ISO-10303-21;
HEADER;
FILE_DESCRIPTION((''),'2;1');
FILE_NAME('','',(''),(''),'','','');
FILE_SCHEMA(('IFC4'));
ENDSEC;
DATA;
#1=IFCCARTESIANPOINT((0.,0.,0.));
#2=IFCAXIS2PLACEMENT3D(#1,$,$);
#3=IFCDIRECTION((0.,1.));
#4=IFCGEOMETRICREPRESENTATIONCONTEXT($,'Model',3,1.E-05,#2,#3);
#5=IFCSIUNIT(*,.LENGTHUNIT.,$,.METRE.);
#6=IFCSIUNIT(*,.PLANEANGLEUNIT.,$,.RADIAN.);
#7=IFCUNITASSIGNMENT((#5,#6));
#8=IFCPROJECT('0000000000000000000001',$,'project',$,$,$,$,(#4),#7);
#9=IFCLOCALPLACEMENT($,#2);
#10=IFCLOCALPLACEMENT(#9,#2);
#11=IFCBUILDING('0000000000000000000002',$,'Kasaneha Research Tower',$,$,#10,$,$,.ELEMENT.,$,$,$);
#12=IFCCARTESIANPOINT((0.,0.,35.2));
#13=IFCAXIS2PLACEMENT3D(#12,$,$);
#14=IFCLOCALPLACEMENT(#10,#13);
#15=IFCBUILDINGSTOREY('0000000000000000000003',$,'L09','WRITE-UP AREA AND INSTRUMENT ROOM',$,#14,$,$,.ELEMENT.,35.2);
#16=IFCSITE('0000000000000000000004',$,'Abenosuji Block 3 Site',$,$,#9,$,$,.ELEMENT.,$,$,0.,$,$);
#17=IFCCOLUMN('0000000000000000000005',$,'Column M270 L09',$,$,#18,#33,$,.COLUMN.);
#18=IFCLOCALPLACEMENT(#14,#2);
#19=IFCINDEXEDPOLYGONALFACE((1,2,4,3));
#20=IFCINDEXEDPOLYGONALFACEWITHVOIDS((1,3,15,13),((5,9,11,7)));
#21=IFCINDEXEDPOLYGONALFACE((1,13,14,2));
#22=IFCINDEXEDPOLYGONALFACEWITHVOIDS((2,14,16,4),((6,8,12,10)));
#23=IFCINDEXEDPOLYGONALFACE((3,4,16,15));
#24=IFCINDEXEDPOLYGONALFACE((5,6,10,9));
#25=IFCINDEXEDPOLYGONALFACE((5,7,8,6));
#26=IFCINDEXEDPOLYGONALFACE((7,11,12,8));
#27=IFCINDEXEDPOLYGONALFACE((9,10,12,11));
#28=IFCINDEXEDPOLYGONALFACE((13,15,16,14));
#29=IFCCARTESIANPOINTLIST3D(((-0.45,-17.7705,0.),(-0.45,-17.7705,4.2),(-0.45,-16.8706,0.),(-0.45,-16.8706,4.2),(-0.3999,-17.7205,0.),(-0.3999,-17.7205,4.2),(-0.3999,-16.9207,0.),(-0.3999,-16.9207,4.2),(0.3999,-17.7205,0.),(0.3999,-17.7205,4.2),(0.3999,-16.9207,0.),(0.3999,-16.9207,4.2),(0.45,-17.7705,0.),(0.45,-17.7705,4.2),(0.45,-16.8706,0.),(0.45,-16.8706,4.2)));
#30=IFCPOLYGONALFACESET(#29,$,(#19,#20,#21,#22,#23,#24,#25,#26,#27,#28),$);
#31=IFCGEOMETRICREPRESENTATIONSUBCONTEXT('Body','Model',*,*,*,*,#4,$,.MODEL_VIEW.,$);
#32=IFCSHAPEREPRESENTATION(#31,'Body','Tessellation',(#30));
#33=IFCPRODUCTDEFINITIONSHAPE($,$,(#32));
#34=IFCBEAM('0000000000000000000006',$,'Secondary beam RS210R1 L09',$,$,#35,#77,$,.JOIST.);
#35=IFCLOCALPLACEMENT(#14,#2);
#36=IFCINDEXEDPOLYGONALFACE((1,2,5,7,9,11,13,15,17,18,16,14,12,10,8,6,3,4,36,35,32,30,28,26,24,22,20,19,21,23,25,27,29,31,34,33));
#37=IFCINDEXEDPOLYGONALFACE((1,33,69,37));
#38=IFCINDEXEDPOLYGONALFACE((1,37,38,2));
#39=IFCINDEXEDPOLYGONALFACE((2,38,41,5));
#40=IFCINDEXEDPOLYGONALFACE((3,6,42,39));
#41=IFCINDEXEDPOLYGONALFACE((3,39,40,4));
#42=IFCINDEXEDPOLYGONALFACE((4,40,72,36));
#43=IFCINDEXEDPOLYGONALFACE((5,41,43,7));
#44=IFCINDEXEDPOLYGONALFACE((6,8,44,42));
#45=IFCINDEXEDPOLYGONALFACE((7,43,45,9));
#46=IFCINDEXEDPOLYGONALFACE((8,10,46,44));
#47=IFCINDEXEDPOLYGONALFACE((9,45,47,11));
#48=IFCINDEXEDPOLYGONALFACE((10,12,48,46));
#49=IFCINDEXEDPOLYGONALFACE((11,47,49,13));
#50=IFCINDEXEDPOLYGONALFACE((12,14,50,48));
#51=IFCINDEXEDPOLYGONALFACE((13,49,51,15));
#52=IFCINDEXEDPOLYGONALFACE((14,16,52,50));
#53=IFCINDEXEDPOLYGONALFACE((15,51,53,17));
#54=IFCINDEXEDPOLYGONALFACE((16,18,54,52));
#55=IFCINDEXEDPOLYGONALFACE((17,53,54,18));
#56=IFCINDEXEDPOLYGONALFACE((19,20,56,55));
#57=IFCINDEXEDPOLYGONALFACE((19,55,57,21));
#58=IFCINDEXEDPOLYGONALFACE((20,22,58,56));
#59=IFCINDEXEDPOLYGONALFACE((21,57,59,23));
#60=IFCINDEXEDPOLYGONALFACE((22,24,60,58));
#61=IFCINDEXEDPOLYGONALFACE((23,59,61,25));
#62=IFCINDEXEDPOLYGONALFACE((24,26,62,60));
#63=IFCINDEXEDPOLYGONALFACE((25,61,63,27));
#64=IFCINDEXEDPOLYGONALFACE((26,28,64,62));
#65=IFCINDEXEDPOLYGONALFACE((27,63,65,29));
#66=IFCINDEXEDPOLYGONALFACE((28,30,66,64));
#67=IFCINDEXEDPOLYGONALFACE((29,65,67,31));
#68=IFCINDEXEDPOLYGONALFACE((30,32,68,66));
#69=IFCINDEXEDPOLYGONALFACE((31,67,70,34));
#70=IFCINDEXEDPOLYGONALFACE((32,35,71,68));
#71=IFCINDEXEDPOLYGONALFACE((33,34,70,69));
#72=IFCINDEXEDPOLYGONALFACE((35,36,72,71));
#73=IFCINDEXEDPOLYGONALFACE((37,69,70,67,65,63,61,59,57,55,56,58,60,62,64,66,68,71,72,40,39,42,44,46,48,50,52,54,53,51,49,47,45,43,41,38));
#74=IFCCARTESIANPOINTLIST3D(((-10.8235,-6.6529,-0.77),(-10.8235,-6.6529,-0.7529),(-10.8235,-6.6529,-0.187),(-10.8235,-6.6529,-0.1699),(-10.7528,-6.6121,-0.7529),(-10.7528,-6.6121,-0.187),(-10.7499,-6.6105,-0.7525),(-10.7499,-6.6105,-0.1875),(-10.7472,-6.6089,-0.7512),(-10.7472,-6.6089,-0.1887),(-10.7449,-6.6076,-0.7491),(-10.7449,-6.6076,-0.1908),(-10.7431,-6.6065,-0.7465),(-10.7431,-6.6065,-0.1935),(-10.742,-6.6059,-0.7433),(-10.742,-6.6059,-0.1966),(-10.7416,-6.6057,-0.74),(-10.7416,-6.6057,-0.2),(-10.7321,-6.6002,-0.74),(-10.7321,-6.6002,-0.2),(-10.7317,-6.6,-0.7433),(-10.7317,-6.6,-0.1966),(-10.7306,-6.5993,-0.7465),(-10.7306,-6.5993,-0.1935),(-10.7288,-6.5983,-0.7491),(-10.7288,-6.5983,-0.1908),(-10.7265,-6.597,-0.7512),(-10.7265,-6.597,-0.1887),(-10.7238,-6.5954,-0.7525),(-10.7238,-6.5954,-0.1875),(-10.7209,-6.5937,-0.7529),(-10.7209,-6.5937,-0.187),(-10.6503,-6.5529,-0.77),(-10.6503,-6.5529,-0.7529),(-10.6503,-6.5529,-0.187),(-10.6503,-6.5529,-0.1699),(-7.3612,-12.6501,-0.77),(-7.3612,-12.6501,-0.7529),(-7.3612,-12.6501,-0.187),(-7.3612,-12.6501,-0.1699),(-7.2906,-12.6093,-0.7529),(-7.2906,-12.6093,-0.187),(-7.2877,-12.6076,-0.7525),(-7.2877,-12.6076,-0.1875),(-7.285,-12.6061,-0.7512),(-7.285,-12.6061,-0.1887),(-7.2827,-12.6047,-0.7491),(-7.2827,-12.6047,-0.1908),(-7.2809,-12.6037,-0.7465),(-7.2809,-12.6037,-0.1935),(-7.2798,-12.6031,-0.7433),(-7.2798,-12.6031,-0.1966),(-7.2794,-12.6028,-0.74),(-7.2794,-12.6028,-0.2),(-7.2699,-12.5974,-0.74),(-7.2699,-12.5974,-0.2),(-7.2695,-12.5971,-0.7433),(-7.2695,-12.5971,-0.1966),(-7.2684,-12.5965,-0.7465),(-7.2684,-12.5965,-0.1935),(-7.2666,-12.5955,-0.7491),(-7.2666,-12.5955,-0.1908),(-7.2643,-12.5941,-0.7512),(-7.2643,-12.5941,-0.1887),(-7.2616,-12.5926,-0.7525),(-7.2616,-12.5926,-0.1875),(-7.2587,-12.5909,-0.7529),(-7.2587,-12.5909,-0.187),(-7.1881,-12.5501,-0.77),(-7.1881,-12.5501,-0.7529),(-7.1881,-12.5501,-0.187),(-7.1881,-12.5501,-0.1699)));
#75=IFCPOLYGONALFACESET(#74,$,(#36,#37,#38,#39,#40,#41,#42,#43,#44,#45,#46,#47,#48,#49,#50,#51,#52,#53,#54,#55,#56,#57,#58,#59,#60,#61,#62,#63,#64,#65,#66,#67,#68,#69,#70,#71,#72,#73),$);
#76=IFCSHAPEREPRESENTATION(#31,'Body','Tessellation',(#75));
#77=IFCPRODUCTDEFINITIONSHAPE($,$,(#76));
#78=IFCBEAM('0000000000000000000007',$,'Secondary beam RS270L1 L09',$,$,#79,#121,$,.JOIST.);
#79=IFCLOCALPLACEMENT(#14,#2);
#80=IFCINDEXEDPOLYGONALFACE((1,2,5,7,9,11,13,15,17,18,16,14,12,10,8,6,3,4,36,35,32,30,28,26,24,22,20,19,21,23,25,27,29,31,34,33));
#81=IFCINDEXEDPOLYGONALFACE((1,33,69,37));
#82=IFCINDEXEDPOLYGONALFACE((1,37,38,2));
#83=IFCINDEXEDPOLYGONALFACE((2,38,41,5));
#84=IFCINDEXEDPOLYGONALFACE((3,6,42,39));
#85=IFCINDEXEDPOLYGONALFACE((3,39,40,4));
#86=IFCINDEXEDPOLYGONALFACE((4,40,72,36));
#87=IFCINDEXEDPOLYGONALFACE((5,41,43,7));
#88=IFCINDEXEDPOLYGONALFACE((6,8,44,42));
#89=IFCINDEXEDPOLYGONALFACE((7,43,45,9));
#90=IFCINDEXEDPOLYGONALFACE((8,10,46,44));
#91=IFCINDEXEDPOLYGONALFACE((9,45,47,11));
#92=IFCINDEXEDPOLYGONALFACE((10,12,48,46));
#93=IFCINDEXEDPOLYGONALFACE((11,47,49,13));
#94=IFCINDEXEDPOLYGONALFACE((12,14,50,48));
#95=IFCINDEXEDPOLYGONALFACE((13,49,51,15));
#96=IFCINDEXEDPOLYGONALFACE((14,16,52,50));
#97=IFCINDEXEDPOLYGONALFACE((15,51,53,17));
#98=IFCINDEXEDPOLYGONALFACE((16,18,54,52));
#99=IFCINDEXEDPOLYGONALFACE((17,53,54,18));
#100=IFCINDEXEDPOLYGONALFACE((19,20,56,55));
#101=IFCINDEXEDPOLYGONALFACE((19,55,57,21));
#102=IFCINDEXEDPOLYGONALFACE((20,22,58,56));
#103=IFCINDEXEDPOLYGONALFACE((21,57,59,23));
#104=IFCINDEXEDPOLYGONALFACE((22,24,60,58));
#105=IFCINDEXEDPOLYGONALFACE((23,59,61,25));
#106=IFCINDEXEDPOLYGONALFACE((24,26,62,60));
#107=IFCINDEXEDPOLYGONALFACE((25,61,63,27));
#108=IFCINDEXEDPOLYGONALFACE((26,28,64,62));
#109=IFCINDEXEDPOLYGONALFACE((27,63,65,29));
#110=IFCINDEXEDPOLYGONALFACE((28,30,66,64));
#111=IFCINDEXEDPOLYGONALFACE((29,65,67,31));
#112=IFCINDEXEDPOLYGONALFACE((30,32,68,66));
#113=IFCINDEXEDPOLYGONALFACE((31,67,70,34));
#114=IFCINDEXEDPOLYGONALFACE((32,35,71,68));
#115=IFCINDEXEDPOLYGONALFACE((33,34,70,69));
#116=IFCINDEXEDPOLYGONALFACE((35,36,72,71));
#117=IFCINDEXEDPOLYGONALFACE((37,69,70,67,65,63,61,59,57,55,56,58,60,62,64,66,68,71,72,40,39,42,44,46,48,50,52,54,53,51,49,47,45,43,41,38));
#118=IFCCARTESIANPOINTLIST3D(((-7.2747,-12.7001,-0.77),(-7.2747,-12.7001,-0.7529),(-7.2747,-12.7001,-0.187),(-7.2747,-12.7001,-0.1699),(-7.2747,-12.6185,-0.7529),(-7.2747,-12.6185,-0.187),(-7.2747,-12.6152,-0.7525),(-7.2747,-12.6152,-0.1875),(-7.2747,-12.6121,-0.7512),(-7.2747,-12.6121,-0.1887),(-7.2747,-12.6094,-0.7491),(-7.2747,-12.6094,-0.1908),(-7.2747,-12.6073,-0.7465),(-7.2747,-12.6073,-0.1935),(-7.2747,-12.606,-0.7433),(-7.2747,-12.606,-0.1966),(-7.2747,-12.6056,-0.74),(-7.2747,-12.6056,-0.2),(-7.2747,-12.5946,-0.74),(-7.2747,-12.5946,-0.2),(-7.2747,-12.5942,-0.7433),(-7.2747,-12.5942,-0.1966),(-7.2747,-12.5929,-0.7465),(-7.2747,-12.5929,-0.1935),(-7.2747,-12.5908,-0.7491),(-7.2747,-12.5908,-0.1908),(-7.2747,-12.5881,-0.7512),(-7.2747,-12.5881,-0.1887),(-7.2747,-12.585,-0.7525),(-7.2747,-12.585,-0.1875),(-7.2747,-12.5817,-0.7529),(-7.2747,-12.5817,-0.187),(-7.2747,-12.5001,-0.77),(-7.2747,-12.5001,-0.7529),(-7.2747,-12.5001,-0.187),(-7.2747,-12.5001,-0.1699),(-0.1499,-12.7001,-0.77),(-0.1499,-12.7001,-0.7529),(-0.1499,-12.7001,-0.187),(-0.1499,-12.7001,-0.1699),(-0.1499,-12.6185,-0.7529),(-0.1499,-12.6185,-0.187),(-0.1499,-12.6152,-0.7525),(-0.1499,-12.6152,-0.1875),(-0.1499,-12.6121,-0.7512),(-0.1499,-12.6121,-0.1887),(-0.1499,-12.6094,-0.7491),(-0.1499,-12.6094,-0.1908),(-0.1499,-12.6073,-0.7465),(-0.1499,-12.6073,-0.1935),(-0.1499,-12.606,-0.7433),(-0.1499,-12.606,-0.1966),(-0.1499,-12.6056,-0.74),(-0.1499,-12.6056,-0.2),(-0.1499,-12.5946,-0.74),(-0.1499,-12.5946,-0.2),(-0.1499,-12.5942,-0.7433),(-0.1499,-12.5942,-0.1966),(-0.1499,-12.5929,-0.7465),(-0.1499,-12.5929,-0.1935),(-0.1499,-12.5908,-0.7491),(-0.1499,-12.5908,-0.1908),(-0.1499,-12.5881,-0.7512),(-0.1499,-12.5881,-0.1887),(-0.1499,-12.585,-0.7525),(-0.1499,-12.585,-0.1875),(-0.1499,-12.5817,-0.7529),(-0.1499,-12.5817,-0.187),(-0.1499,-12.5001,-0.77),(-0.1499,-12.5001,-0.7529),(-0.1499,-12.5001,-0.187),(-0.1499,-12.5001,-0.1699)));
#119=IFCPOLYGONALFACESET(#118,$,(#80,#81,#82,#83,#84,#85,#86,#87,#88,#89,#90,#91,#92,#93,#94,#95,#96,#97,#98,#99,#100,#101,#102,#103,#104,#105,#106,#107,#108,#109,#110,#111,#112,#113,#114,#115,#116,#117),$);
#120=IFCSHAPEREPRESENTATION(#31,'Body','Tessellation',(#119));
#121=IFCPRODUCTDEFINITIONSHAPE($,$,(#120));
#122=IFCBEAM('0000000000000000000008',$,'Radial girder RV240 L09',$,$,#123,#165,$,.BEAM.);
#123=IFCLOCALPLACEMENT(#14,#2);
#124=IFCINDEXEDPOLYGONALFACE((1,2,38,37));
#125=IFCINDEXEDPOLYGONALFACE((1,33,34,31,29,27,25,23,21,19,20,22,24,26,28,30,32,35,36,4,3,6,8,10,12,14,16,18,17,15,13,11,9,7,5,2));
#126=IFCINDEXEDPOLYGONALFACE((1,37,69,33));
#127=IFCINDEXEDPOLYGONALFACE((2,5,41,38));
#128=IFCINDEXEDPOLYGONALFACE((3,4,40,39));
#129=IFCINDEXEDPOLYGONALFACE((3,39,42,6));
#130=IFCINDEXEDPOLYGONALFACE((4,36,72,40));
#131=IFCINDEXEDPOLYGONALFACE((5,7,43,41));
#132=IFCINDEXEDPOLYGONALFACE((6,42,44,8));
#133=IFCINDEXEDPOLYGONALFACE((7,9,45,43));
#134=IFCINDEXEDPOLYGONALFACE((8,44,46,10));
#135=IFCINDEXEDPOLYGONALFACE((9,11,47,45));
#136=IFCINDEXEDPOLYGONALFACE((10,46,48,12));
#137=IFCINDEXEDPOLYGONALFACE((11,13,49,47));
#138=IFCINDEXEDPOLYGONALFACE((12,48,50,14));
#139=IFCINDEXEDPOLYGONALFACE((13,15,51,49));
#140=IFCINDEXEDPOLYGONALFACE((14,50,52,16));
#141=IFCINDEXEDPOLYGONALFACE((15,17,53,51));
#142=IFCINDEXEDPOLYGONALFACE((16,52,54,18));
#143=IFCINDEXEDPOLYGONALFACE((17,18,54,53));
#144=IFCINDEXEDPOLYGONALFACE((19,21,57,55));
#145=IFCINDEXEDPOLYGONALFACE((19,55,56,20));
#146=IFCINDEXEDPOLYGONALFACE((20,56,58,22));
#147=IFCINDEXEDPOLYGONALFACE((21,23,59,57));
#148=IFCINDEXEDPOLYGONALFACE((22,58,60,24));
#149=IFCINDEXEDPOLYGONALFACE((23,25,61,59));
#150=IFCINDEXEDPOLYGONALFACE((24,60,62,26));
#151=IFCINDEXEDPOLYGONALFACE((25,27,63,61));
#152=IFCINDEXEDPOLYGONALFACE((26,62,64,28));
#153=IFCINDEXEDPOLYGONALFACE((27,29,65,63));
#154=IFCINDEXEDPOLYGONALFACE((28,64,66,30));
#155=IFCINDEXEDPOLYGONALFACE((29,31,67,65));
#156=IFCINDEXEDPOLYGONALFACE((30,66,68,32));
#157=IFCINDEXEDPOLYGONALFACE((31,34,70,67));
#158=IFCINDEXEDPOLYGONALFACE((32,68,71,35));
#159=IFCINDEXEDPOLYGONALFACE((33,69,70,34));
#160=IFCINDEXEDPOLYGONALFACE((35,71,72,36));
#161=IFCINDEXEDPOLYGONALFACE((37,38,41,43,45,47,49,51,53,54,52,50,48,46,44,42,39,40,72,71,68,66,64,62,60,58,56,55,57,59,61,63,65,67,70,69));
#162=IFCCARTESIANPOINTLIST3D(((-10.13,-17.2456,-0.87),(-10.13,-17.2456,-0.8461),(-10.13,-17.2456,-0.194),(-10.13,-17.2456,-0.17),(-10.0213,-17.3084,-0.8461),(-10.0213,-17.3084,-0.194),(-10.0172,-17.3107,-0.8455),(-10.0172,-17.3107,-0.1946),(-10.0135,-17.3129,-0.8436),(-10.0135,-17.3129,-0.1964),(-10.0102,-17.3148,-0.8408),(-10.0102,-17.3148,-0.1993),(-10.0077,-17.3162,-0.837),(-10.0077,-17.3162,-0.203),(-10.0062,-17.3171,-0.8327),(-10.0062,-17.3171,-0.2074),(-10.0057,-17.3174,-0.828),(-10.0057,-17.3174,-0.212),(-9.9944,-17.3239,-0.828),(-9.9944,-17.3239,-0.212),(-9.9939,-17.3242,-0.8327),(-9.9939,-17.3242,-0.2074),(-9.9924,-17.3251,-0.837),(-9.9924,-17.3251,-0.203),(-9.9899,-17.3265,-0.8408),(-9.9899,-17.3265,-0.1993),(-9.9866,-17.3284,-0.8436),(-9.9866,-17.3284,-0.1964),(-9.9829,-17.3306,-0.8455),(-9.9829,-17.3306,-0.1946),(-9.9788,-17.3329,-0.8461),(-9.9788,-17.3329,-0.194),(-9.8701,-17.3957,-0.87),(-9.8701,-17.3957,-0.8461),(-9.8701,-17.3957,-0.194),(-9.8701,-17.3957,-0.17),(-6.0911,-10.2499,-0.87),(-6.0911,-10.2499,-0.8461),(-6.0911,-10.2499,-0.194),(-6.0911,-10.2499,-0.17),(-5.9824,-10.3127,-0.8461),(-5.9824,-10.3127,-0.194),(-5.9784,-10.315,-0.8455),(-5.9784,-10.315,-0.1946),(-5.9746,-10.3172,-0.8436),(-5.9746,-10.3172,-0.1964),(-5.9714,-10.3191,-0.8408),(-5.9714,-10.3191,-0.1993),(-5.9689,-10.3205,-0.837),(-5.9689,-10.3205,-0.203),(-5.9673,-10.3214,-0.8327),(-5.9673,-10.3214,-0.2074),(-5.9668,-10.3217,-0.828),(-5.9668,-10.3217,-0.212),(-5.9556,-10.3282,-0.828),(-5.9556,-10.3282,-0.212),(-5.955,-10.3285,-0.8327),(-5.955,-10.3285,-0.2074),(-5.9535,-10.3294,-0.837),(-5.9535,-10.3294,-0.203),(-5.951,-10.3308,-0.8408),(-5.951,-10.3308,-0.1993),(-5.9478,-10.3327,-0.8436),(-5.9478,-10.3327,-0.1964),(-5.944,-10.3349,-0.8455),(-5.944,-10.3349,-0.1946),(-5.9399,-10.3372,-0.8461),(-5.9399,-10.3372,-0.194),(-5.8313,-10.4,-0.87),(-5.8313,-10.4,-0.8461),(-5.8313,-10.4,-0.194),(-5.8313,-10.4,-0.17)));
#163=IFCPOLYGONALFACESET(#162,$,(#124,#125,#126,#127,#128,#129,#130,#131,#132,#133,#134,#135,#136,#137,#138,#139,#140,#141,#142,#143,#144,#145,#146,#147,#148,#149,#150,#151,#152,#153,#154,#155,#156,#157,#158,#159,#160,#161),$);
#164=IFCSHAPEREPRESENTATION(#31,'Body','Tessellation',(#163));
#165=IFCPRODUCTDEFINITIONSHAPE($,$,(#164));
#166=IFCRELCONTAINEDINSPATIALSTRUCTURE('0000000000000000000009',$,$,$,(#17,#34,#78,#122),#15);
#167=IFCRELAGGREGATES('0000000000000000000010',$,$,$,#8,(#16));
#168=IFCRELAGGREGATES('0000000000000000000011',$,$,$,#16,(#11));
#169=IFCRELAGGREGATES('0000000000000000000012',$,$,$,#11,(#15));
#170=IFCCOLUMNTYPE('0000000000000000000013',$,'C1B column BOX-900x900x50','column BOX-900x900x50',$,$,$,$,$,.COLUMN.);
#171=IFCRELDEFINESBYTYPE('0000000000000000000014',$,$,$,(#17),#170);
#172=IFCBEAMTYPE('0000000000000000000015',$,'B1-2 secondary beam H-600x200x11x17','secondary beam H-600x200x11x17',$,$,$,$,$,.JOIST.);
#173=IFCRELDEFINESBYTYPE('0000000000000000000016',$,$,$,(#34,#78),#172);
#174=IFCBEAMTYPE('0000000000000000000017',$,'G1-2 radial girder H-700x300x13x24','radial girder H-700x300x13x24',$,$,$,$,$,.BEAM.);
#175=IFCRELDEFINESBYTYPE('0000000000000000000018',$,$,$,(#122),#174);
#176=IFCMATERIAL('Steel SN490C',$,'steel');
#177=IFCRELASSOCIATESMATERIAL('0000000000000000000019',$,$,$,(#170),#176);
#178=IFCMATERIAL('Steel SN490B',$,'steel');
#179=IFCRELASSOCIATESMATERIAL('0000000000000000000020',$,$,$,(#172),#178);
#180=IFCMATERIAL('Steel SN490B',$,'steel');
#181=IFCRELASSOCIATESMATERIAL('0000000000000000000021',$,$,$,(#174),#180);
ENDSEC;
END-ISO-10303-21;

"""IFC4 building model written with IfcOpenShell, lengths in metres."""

from ifc_helpers import new_model, si_unit, direction, frame, origin, origin_2d, place, context, subcontext, project, spatial, hollow_rectangle, i_section, extrude, material, material_profile, profile_set, type_object, element, save


model = new_model("IFC4")

# Units and contexts
model_context = context("Model", 3, precision=1e-05, world=origin(), true_north=direction((0.0, 1.0)))
body_context = subcontext(model_context, "Body", "Model", "MODEL_VIEW")
ifc_project = project(units=[si_unit("LENGTHUNIT", "METRE"), si_unit("PLANEANGLEUNIT", "RADIAN")], contexts=[model_context])

# Site, building, storey
site_placement = place(None, origin())
site = spatial("IfcSite", under=ifc_project, at=site_placement, Name="Abenosuji Block 3 Site", CompositionType="ELEMENT", RefElevation=0.0)
building_placement = place(site_placement, origin())
building = spatial("IfcBuilding", under=site, at=building_placement, Name="Kasaneha Research Tower", CompositionType="ELEMENT")
storey_placement = place(building_placement, frame((0.0, 0.0, 35.2)))
storey = spatial("IfcBuildingStorey", under=building, at=storey_placement, Name="L09", Description="WRITE-UP AREA AND INSTRUMENT ROOM", CompositionType="ELEMENT", Elevation=35.2)

# Column
ifc_material_1 = material(Name="Steel SN490C", Category="steel")
ifc_material_profile_1 = material_profile(ifc_material_1, hollow_rectangle(XDim=0.8999, YDim=0.8999, WallThickness=0.05, at=origin_2d()), Name="BOX-900x900x50")
ifc_profile_set_1 = profile_set([ifc_material_profile_1], Name="Steel SN490C")
column_type = type_object("IfcColumnType", Name="C1B column BOX-900x900x50", Description="column BOX-900x900x50", PredefinedType="COLUMN", material=ifc_profile_set_1)
column_placement = place(storey_placement, frame((0.0, -17.3206, 0.0), z_axis=(0.0, 0.0, 1.0), x_axis=(1.0, 0.0, 0.0)))
element("IfcColumn", 1, at=column_placement, inside=storey, type_object=column_type, Name="Column M270 L09", PredefinedType="COLUMN", context=body_context, shape_type="SweptSolid", body=[
    extrude(hollow_rectangle(XDim=0.8999, YDim=0.8999, WallThickness=0.05, at=origin_2d()), origin(), (0.0, 0.0, 1.0), 4.2),
])

# Beams
ifc_material_2 = material(Name="Steel SN490B", Category="steel")
ifc_material_profile_2 = material_profile(ifc_material_2, i_section(OverallWidth=0.2, OverallDepth=0.6001, WebThickness=0.011, FlangeThickness=0.0171, FilletRadius=0.0129, at=origin_2d()), Name="H-600x200x11x17")
ifc_profile_set_2 = profile_set([ifc_material_profile_2], Name="Steel SN490B")
beam_type_1 = type_object("IfcBeamType", Name="B1-2 secondary beam H-600x200x11x17", Description="secondary beam H-600x200x11x17", PredefinedType="JOIST", material=ifc_profile_set_2)
beam_1_placement = place(storey_placement, frame((-7.2747, -12.6001, -0.47), z_axis=(-0.499973, 0.866041, 0.0), x_axis=(-0.866041, -0.499973, 0.0)))
element("IfcBeam", 2, at=beam_1_placement, inside=storey, type_object=beam_type_1, Name="Secondary beam RS210R1 L09", PredefinedType="JOIST", context=body_context, shape_type="SweptSolid", body=[
    extrude(i_section(OverallWidth=0.2, OverallDepth=0.6001, WebThickness=0.011, FlangeThickness=0.0171, FilletRadius=0.0129, at=origin_2d()), origin(), (0.0, 0.0, 1.0), 6.9248),
])
beam_2_placement = place(storey_placement, frame((-7.2747, -12.6001, -0.47), z_axis=(1.0, 0.0, 0.0), x_axis=(0.0, 1.0, 0.0)))
element("IfcBeam", 3, at=beam_2_placement, inside=storey, type_object=beam_type_1, Name="Secondary beam RS270L1 L09", PredefinedType="JOIST", context=body_context, shape_type="SweptSolid", body=[
    extrude(i_section(OverallWidth=0.2, OverallDepth=0.6001, WebThickness=0.011, FlangeThickness=0.0171, FilletRadius=0.0129, at=origin_2d()), origin(), (0.0, 0.0, 1.0), 7.1248),
])
ifc_material_3 = material(Name="Steel SN490B", Category="steel")
ifc_material_profile_3 = material_profile(ifc_material_3, i_section(OverallWidth=0.3, OverallDepth=0.7, WebThickness=0.0129, FlangeThickness=0.0239, FilletRadius=0.0181, at=origin_2d()), Name="H-700x300x13x24")
ifc_profile_set_3 = profile_set([ifc_material_profile_3], Name="Steel SN490B")
beam_type_2 = type_object("IfcBeamType", Name="G1-2 radial girder H-700x300x13x24", Description="radial girder H-700x300x13x24", PredefinedType="BEAM", material=ifc_profile_set_3)
beam_3_placement = place(storey_placement, frame((-5.9612, -10.325, -0.52), z_axis=(-0.499991, -0.866031, 0.0), x_axis=(0.866031, -0.499991, 0.0)))
element("IfcBeam", 4, at=beam_3_placement, inside=storey, type_object=beam_type_2, Name="Radial girder RV240 L09", PredefinedType="BEAM", context=body_context, shape_type="SweptSolid", body=[
    extrude(i_section(OverallWidth=0.3, OverallDepth=0.7, WebThickness=0.0129, FlangeThickness=0.0239, FilletRadius=0.0181, at=origin_2d()), origin(), (0.0, 0.0, 1.0), 8.0779),
])

save(model, "model.ifc")
